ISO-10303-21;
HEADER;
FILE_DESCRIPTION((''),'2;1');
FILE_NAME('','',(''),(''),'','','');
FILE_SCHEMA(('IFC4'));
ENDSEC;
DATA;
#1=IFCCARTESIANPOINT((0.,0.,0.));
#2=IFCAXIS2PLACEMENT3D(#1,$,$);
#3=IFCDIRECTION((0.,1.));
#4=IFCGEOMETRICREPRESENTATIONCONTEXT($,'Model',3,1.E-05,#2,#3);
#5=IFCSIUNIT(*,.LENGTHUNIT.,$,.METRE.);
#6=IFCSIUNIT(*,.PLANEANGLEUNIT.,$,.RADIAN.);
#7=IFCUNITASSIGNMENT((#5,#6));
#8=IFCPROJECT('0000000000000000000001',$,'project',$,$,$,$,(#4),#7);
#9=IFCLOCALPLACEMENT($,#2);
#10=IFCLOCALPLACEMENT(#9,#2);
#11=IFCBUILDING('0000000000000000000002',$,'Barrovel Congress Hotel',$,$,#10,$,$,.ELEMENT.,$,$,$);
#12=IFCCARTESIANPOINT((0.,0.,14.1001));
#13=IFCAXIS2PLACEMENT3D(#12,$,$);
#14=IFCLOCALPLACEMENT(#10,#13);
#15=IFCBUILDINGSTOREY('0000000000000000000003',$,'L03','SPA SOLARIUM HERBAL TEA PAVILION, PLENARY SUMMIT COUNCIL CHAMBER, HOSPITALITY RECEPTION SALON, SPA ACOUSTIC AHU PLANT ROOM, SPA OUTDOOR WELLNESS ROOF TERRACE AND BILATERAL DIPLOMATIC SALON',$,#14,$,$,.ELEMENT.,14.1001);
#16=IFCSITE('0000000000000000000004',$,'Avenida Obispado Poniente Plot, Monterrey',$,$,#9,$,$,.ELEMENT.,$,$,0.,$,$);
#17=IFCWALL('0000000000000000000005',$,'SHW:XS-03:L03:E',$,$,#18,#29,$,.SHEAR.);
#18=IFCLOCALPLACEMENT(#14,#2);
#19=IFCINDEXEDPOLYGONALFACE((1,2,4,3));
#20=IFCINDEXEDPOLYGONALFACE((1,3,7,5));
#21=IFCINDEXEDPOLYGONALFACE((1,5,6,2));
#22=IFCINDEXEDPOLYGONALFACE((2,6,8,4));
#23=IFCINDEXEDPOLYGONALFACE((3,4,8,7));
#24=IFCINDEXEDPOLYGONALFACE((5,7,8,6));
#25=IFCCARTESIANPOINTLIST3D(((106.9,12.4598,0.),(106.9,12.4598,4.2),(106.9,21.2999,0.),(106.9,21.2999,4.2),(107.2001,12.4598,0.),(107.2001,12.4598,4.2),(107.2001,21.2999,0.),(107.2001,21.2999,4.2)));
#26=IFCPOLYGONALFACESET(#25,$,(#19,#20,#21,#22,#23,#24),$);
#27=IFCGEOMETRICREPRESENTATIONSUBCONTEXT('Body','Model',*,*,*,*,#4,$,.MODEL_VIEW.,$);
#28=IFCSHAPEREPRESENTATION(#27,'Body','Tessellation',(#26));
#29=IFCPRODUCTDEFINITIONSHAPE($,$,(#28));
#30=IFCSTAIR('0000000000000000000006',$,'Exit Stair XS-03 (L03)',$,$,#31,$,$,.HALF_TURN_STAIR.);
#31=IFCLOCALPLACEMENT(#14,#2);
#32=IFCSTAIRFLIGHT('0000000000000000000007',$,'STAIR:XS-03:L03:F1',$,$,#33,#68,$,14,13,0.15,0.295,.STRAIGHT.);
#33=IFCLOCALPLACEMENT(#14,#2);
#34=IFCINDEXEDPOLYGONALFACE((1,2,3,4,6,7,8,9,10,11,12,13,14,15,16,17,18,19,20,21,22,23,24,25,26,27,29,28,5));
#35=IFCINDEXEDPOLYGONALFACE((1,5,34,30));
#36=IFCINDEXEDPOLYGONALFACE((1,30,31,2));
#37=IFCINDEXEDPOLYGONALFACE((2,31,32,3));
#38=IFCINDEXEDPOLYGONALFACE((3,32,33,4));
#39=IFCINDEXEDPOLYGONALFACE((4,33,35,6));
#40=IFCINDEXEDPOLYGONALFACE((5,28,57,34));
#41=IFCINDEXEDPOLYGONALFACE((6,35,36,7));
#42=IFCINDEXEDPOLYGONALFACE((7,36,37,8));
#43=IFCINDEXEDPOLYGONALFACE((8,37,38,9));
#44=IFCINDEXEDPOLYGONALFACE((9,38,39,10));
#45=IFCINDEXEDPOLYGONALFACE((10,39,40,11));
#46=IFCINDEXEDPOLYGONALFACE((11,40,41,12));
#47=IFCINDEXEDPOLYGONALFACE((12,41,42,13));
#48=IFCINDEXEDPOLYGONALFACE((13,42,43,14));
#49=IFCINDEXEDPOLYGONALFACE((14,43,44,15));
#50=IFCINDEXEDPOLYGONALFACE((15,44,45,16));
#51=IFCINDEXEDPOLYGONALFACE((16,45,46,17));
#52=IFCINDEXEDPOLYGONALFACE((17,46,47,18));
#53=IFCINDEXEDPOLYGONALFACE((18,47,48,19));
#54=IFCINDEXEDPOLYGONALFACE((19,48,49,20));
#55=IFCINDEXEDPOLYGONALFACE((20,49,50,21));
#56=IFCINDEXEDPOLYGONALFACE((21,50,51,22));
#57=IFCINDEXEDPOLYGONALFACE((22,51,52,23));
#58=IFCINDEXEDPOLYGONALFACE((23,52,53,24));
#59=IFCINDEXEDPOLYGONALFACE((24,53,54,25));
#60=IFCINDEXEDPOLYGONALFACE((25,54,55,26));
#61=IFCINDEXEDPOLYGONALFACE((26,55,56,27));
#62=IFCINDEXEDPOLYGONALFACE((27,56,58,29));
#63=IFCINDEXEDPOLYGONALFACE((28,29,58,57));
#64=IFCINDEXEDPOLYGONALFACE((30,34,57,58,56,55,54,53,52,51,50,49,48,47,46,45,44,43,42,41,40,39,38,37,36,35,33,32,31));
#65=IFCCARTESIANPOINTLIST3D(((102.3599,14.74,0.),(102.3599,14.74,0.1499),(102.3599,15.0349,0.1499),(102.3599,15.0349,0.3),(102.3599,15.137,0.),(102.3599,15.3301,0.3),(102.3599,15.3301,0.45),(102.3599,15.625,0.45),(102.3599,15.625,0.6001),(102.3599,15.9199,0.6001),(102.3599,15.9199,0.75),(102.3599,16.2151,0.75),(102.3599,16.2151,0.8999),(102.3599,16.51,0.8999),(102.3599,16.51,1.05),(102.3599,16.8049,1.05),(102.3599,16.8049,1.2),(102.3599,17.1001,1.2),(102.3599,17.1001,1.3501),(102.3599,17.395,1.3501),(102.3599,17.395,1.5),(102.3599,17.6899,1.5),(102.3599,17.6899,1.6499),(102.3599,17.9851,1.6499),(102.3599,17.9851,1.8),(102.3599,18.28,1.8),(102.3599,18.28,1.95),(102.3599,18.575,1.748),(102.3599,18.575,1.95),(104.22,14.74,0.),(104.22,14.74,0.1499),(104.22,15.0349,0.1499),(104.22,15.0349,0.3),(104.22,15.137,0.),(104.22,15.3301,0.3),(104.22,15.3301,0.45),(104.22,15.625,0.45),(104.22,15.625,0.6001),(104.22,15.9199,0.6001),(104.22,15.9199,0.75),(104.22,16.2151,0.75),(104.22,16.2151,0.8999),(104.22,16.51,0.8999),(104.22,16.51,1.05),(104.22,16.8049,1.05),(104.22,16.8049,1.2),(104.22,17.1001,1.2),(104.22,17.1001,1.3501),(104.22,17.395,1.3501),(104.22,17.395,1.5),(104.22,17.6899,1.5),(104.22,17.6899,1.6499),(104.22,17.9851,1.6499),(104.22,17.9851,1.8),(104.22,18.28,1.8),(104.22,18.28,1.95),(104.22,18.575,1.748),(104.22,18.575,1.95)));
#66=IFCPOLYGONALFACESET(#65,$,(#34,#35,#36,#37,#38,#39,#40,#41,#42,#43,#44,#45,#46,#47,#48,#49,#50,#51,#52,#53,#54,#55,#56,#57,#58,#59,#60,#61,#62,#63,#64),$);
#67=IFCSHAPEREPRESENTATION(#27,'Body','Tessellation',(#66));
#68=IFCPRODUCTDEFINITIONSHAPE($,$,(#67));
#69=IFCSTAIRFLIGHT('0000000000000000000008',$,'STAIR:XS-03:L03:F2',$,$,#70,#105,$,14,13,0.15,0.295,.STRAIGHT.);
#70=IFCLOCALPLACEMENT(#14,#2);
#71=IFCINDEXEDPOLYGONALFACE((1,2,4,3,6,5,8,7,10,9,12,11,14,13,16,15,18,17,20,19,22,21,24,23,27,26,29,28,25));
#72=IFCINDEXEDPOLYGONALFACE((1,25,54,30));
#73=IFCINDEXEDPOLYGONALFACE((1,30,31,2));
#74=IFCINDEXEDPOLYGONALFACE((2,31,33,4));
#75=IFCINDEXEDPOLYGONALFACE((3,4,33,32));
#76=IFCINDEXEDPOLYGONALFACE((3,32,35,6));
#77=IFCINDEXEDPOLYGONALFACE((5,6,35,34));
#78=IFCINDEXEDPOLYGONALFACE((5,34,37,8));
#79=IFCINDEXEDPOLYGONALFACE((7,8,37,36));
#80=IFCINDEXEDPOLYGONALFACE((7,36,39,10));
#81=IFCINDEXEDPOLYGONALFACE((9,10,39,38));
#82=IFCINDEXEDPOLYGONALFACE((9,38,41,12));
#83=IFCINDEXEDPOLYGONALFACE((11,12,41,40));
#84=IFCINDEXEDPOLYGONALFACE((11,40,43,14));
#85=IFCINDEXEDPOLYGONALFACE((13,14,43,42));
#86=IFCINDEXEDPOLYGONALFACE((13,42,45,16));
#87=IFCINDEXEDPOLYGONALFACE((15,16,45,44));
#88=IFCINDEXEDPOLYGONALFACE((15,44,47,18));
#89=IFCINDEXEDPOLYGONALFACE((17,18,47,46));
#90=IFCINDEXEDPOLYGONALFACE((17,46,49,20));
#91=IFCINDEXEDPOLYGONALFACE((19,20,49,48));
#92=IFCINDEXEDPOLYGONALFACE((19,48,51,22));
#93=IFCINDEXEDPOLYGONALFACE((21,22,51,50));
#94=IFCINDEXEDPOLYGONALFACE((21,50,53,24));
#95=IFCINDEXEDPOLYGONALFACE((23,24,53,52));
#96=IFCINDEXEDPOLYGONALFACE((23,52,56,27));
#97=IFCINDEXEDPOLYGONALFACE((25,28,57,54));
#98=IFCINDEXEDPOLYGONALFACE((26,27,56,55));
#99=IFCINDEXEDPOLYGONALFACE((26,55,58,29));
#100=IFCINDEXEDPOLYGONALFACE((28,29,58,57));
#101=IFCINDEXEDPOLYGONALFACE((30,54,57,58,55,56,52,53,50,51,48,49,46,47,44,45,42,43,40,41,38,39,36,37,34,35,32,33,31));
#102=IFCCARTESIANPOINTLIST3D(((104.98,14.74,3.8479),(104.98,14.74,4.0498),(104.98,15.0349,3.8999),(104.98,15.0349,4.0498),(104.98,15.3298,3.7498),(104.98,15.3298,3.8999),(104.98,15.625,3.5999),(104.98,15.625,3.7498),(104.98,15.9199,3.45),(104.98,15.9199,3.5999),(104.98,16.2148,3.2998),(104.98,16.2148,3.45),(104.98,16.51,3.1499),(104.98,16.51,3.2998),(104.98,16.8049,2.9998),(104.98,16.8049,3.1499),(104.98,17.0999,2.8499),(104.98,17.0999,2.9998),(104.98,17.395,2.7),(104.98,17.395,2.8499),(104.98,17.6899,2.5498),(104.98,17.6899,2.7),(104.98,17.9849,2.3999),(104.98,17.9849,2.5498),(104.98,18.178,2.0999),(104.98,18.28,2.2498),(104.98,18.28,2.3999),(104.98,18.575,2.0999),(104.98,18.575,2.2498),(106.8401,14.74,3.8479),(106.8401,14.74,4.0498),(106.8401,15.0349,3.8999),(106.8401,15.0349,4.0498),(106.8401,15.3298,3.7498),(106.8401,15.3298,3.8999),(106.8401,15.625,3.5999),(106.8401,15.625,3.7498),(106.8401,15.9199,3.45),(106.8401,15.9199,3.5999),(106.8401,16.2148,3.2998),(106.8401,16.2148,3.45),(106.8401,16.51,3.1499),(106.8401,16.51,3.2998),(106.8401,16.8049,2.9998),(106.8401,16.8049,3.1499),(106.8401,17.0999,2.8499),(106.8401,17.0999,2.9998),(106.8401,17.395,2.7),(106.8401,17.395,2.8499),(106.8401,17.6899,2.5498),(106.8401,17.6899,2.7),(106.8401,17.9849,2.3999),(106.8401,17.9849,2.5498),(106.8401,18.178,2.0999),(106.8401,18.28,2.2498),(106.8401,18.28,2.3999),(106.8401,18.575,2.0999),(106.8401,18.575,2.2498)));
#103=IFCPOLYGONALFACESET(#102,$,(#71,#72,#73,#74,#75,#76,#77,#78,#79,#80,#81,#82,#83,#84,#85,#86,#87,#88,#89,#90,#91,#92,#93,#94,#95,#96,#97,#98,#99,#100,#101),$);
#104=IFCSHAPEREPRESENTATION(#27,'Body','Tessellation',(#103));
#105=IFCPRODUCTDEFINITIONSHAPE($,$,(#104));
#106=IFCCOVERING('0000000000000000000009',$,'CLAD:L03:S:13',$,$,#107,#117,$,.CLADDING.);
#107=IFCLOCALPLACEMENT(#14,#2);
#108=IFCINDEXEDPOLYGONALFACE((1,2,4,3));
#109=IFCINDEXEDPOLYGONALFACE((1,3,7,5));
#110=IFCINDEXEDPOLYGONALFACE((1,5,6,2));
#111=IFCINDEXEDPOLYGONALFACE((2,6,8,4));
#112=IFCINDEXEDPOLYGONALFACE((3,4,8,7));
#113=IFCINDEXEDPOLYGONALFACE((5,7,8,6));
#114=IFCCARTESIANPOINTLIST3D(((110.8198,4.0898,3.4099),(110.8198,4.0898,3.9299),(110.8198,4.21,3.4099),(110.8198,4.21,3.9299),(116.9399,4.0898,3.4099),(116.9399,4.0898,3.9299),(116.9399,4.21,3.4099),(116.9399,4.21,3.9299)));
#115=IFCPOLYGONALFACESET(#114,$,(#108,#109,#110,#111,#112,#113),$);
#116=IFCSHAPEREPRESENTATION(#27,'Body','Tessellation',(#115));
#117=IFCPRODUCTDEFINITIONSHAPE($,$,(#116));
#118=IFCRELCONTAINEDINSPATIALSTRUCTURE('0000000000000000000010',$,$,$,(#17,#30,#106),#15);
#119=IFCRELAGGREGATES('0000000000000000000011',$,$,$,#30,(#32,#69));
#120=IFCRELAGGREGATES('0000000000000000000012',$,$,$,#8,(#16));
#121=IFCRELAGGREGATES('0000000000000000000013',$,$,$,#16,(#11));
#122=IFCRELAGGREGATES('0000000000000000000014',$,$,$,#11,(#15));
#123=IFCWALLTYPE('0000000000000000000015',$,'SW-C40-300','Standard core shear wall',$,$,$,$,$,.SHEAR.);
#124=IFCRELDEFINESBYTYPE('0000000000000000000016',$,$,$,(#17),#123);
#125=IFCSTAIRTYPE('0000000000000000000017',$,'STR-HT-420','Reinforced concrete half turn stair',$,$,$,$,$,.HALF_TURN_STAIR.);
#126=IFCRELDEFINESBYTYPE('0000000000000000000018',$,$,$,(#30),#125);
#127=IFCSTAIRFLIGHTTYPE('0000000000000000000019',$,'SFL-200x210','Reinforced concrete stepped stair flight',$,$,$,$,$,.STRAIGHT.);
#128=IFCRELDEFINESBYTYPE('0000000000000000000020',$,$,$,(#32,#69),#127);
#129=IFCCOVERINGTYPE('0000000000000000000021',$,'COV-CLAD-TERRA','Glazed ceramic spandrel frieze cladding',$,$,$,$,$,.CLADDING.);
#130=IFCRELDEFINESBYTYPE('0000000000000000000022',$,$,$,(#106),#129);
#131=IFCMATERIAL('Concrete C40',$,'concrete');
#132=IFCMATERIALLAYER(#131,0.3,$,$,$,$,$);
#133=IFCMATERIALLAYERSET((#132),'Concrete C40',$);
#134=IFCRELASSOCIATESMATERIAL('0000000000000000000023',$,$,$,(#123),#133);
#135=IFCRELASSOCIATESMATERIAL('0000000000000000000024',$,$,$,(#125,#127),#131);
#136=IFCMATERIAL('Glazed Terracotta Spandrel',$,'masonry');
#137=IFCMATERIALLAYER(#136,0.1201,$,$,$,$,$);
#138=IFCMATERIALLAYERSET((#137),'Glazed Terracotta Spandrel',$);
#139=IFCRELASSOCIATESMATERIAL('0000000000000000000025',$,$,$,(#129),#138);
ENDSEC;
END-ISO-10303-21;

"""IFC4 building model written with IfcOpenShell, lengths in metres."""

from ifc_helpers import new_model, si_unit, direction, frame, frame_2d, origin, origin_2d, place, context, subcontext, project, spatial, polyline, rectangle, outline, extrude, material, layer, layer_set, type_object, element, aggregate, save


model = new_model("IFC4")

# Units and contexts
model_context = context("Model", 3, precision=1e-05, world=origin(), true_north=direction((0.0, 1.0)))
body_context = subcontext(model_context, "Body", "Model", "MODEL_VIEW")
ifc_project = project(units=[si_unit("LENGTHUNIT", "METRE"), si_unit("PLANEANGLEUNIT", "RADIAN")], contexts=[model_context])

# Site, building, storey
site_placement = place(None, origin())
site = spatial("IfcSite", under=ifc_project, at=site_placement, Name="Avenida Obispado Poniente Plot, Monterrey", CompositionType="ELEMENT", RefElevation=0.0)
building_placement = place(site_placement, origin())
building = spatial("IfcBuilding", under=site, at=building_placement, Name="Barrovel Congress Hotel", CompositionType="ELEMENT")
storey_placement = place(building_placement, frame((0.0, 0.0, 14.1001)))
storey = spatial("IfcBuildingStorey", under=building, at=storey_placement, Name="L03", Description="SPA SOLARIUM HERBAL TEA PAVILION, PLENARY SUMMIT COUNCIL CHAMBER, HOSPITALITY RECEPTION SALON, SPA ACOUSTIC AHU PLANT ROOM, SPA OUTDOOR WELLNESS ROOF TERRACE AND BILATERAL DIPLOMATIC SALON", CompositionType="ELEMENT", Elevation=14.1001)

# Shared definitions
ifc_material_1 = material(Name="Concrete C40", Category="concrete")

# Shared definitions
ifc_layer_1 = layer(ifc_material_1, 0.3)
ifc_layer_set_1 = layer_set([ifc_layer_1], Name="Concrete C40")
wall_type_1 = type_object("IfcWallType", Name="SW-C40-300", Description="Standard core shear wall", PredefinedType="SHEAR", material=ifc_layer_set_1)

# Wall
wall_1_placement = place(storey_placement, frame((107.05, 12.46, 0.0), z_axis=(0.0, 0.0, 1.0), x_axis=(0.0, 1.0, 0.0)))
element("IfcWall", 1, at=wall_1_placement, inside=storey, type_object=wall_type_1, Name="SHW:XS-03:L03:E", PredefinedType="SHEAR", context=body_context, shape_type="SweptSolid", body=[
    extrude(rectangle(XDim=8.8401, YDim=0.3, at=frame_2d((4.4199, 0.0))), origin(), (0.0, 0.0, 1.0), 4.2),
])

# Stair, stair flights
stair_type = type_object("IfcStairType", Name="STR-HT-420", Description="Reinforced concrete half turn stair", PredefinedType="HALF_TURN_STAIR", material=ifc_material_1)
stair_placement = place(storey_placement, origin())
stair = element("IfcStair", 2, at=stair_placement, inside=storey, type_object=stair_type, Name="Exit Stair XS-03 (L03)", PredefinedType="HALF_TURN_STAIR")
stair_flight_type = type_object("IfcStairFlightType", Name="SFL-200x210", Description="Reinforced concrete stepped stair flight", PredefinedType="STRAIGHT", material=ifc_material_1)
stair_flight_1_placement = place(storey_placement, frame((103.29, 14.74, 0.0), z_axis=(0.0, 0.0, 1.0), x_axis=(0.0, 1.0, 0.0)))
stair_flight_1 = element("IfcStairFlight", 3, at=stair_flight_1_placement, type_object=stair_flight_type, Name="STAIR:XS-03:L03:F1", NumberOfRisers=14, NumberOfTreads=13, PredefinedType="STRAIGHT", RiserHeight=0.15, TreadLength=0.295, context=body_context, shape_type="SweptSolid", body=[
    extrude(outline(polyline([(0.0, 0.0), (0.0, 0.1499), (0.2949, 0.1499), (0.2949, 0.3), (0.5901, 0.3), (0.5901, 0.45), (0.885, 0.45), (0.885, 0.6001), (1.1799, 0.6001), (1.1799, 0.75), (1.4751, 0.75), (1.4751, 0.8999), (1.77, 0.8999), (1.77, 1.05), (2.0649, 1.05), (2.0649, 1.2), (2.3601, 1.2), (2.3601, 1.3501), (2.655, 1.3501), (2.655, 1.5), (2.95, 1.5), (2.95, 1.6499), (3.2451, 1.6499), (3.2451, 1.8), (3.54, 1.8), (3.54, 1.95), (3.835, 1.95), (3.835, 2.1001), (3.835, 1.748), (0.397, 0.0), (0.0, 0.0)])), frame((0.0, 0.9302, 0.0), z_axis=(0.0, -1.0, 0.0), x_axis=(1.0, 0.0, 0.0)), (0.0, 0.0, 1.0), 1.8601),
])
stair_flight_2_placement = place(storey_placement, frame((105.9099, 18.575, 2.0999), z_axis=(0.0, 0.0, 1.0), x_axis=(0.0, -1.0, 0.0)))
stair_flight_2 = element("IfcStairFlight", 4, at=stair_flight_2_placement, type_object=stair_flight_type, Name="STAIR:XS-03:L03:F2", NumberOfRisers=14, NumberOfTreads=13, PredefinedType="STRAIGHT", RiserHeight=0.15, TreadLength=0.295, context=body_context, shape_type="SweptSolid", body=[
    extrude(outline(polyline([(0.0, 0.0), (0.0, 0.1499), (0.2949, 0.1499), (0.2949, 0.3), (0.5901, 0.3), (0.5901, 0.45), (0.885, 0.45), (0.885, 0.6001), (1.1799, 0.6001), (1.1799, 0.75), (1.4751, 0.75), (1.4751, 0.8999), (1.77, 0.8999), (1.77, 1.05), (2.0649, 1.05), (2.0649, 1.2), (2.3601, 1.2), (2.3601, 1.3501), (2.655, 1.3501), (2.655, 1.5), (2.95, 1.5), (2.95, 1.6499), (3.2451, 1.6499), (3.2451, 1.8), (3.54, 1.8), (3.54, 1.95), (3.835, 1.95), (3.835, 2.1001), (3.835, 1.748), (0.397, 0.0), (0.0, 0.0)])), frame((0.0, 0.9302, 0.0), z_axis=(0.0, -1.0, 0.0), x_axis=(1.0, 0.0, 0.0)), (0.0, 0.0, 1.0), 1.8601),
])
aggregate(stair, [stair_flight_1, stair_flight_2])

# Covering
ifc_material_2 = material(Name="Glazed Terracotta Spandrel", Category="masonry")
ifc_layer_2 = layer(ifc_material_2, 0.1201)
ifc_layer_set_2 = layer_set([ifc_layer_2], Name="Glazed Terracotta Spandrel")
covering_type = type_object("IfcCoveringType", Name="COV-CLAD-TERRA", Description="Glazed ceramic spandrel frieze cladding", PredefinedType="CLADDING", material=ifc_layer_set_2)
covering_placement = place(storey_placement, frame((113.8799, 4.1499, 3.4099), z_axis=(0.0, 0.0, 1.0), x_axis=(1.0, 0.0, 0.0)))
element("IfcCovering", 5, at=covering_placement, inside=storey, type_object=covering_type, Name="CLAD:L03:S:13", PredefinedType="CLADDING", context=body_context, shape_type="SweptSolid", body=[
    extrude(rectangle(XDim=6.1201, YDim=0.1201, at=origin_2d()), origin(), (0.0, 0.0, 1.0), 0.52),
])

save(model, "model.ifc")
